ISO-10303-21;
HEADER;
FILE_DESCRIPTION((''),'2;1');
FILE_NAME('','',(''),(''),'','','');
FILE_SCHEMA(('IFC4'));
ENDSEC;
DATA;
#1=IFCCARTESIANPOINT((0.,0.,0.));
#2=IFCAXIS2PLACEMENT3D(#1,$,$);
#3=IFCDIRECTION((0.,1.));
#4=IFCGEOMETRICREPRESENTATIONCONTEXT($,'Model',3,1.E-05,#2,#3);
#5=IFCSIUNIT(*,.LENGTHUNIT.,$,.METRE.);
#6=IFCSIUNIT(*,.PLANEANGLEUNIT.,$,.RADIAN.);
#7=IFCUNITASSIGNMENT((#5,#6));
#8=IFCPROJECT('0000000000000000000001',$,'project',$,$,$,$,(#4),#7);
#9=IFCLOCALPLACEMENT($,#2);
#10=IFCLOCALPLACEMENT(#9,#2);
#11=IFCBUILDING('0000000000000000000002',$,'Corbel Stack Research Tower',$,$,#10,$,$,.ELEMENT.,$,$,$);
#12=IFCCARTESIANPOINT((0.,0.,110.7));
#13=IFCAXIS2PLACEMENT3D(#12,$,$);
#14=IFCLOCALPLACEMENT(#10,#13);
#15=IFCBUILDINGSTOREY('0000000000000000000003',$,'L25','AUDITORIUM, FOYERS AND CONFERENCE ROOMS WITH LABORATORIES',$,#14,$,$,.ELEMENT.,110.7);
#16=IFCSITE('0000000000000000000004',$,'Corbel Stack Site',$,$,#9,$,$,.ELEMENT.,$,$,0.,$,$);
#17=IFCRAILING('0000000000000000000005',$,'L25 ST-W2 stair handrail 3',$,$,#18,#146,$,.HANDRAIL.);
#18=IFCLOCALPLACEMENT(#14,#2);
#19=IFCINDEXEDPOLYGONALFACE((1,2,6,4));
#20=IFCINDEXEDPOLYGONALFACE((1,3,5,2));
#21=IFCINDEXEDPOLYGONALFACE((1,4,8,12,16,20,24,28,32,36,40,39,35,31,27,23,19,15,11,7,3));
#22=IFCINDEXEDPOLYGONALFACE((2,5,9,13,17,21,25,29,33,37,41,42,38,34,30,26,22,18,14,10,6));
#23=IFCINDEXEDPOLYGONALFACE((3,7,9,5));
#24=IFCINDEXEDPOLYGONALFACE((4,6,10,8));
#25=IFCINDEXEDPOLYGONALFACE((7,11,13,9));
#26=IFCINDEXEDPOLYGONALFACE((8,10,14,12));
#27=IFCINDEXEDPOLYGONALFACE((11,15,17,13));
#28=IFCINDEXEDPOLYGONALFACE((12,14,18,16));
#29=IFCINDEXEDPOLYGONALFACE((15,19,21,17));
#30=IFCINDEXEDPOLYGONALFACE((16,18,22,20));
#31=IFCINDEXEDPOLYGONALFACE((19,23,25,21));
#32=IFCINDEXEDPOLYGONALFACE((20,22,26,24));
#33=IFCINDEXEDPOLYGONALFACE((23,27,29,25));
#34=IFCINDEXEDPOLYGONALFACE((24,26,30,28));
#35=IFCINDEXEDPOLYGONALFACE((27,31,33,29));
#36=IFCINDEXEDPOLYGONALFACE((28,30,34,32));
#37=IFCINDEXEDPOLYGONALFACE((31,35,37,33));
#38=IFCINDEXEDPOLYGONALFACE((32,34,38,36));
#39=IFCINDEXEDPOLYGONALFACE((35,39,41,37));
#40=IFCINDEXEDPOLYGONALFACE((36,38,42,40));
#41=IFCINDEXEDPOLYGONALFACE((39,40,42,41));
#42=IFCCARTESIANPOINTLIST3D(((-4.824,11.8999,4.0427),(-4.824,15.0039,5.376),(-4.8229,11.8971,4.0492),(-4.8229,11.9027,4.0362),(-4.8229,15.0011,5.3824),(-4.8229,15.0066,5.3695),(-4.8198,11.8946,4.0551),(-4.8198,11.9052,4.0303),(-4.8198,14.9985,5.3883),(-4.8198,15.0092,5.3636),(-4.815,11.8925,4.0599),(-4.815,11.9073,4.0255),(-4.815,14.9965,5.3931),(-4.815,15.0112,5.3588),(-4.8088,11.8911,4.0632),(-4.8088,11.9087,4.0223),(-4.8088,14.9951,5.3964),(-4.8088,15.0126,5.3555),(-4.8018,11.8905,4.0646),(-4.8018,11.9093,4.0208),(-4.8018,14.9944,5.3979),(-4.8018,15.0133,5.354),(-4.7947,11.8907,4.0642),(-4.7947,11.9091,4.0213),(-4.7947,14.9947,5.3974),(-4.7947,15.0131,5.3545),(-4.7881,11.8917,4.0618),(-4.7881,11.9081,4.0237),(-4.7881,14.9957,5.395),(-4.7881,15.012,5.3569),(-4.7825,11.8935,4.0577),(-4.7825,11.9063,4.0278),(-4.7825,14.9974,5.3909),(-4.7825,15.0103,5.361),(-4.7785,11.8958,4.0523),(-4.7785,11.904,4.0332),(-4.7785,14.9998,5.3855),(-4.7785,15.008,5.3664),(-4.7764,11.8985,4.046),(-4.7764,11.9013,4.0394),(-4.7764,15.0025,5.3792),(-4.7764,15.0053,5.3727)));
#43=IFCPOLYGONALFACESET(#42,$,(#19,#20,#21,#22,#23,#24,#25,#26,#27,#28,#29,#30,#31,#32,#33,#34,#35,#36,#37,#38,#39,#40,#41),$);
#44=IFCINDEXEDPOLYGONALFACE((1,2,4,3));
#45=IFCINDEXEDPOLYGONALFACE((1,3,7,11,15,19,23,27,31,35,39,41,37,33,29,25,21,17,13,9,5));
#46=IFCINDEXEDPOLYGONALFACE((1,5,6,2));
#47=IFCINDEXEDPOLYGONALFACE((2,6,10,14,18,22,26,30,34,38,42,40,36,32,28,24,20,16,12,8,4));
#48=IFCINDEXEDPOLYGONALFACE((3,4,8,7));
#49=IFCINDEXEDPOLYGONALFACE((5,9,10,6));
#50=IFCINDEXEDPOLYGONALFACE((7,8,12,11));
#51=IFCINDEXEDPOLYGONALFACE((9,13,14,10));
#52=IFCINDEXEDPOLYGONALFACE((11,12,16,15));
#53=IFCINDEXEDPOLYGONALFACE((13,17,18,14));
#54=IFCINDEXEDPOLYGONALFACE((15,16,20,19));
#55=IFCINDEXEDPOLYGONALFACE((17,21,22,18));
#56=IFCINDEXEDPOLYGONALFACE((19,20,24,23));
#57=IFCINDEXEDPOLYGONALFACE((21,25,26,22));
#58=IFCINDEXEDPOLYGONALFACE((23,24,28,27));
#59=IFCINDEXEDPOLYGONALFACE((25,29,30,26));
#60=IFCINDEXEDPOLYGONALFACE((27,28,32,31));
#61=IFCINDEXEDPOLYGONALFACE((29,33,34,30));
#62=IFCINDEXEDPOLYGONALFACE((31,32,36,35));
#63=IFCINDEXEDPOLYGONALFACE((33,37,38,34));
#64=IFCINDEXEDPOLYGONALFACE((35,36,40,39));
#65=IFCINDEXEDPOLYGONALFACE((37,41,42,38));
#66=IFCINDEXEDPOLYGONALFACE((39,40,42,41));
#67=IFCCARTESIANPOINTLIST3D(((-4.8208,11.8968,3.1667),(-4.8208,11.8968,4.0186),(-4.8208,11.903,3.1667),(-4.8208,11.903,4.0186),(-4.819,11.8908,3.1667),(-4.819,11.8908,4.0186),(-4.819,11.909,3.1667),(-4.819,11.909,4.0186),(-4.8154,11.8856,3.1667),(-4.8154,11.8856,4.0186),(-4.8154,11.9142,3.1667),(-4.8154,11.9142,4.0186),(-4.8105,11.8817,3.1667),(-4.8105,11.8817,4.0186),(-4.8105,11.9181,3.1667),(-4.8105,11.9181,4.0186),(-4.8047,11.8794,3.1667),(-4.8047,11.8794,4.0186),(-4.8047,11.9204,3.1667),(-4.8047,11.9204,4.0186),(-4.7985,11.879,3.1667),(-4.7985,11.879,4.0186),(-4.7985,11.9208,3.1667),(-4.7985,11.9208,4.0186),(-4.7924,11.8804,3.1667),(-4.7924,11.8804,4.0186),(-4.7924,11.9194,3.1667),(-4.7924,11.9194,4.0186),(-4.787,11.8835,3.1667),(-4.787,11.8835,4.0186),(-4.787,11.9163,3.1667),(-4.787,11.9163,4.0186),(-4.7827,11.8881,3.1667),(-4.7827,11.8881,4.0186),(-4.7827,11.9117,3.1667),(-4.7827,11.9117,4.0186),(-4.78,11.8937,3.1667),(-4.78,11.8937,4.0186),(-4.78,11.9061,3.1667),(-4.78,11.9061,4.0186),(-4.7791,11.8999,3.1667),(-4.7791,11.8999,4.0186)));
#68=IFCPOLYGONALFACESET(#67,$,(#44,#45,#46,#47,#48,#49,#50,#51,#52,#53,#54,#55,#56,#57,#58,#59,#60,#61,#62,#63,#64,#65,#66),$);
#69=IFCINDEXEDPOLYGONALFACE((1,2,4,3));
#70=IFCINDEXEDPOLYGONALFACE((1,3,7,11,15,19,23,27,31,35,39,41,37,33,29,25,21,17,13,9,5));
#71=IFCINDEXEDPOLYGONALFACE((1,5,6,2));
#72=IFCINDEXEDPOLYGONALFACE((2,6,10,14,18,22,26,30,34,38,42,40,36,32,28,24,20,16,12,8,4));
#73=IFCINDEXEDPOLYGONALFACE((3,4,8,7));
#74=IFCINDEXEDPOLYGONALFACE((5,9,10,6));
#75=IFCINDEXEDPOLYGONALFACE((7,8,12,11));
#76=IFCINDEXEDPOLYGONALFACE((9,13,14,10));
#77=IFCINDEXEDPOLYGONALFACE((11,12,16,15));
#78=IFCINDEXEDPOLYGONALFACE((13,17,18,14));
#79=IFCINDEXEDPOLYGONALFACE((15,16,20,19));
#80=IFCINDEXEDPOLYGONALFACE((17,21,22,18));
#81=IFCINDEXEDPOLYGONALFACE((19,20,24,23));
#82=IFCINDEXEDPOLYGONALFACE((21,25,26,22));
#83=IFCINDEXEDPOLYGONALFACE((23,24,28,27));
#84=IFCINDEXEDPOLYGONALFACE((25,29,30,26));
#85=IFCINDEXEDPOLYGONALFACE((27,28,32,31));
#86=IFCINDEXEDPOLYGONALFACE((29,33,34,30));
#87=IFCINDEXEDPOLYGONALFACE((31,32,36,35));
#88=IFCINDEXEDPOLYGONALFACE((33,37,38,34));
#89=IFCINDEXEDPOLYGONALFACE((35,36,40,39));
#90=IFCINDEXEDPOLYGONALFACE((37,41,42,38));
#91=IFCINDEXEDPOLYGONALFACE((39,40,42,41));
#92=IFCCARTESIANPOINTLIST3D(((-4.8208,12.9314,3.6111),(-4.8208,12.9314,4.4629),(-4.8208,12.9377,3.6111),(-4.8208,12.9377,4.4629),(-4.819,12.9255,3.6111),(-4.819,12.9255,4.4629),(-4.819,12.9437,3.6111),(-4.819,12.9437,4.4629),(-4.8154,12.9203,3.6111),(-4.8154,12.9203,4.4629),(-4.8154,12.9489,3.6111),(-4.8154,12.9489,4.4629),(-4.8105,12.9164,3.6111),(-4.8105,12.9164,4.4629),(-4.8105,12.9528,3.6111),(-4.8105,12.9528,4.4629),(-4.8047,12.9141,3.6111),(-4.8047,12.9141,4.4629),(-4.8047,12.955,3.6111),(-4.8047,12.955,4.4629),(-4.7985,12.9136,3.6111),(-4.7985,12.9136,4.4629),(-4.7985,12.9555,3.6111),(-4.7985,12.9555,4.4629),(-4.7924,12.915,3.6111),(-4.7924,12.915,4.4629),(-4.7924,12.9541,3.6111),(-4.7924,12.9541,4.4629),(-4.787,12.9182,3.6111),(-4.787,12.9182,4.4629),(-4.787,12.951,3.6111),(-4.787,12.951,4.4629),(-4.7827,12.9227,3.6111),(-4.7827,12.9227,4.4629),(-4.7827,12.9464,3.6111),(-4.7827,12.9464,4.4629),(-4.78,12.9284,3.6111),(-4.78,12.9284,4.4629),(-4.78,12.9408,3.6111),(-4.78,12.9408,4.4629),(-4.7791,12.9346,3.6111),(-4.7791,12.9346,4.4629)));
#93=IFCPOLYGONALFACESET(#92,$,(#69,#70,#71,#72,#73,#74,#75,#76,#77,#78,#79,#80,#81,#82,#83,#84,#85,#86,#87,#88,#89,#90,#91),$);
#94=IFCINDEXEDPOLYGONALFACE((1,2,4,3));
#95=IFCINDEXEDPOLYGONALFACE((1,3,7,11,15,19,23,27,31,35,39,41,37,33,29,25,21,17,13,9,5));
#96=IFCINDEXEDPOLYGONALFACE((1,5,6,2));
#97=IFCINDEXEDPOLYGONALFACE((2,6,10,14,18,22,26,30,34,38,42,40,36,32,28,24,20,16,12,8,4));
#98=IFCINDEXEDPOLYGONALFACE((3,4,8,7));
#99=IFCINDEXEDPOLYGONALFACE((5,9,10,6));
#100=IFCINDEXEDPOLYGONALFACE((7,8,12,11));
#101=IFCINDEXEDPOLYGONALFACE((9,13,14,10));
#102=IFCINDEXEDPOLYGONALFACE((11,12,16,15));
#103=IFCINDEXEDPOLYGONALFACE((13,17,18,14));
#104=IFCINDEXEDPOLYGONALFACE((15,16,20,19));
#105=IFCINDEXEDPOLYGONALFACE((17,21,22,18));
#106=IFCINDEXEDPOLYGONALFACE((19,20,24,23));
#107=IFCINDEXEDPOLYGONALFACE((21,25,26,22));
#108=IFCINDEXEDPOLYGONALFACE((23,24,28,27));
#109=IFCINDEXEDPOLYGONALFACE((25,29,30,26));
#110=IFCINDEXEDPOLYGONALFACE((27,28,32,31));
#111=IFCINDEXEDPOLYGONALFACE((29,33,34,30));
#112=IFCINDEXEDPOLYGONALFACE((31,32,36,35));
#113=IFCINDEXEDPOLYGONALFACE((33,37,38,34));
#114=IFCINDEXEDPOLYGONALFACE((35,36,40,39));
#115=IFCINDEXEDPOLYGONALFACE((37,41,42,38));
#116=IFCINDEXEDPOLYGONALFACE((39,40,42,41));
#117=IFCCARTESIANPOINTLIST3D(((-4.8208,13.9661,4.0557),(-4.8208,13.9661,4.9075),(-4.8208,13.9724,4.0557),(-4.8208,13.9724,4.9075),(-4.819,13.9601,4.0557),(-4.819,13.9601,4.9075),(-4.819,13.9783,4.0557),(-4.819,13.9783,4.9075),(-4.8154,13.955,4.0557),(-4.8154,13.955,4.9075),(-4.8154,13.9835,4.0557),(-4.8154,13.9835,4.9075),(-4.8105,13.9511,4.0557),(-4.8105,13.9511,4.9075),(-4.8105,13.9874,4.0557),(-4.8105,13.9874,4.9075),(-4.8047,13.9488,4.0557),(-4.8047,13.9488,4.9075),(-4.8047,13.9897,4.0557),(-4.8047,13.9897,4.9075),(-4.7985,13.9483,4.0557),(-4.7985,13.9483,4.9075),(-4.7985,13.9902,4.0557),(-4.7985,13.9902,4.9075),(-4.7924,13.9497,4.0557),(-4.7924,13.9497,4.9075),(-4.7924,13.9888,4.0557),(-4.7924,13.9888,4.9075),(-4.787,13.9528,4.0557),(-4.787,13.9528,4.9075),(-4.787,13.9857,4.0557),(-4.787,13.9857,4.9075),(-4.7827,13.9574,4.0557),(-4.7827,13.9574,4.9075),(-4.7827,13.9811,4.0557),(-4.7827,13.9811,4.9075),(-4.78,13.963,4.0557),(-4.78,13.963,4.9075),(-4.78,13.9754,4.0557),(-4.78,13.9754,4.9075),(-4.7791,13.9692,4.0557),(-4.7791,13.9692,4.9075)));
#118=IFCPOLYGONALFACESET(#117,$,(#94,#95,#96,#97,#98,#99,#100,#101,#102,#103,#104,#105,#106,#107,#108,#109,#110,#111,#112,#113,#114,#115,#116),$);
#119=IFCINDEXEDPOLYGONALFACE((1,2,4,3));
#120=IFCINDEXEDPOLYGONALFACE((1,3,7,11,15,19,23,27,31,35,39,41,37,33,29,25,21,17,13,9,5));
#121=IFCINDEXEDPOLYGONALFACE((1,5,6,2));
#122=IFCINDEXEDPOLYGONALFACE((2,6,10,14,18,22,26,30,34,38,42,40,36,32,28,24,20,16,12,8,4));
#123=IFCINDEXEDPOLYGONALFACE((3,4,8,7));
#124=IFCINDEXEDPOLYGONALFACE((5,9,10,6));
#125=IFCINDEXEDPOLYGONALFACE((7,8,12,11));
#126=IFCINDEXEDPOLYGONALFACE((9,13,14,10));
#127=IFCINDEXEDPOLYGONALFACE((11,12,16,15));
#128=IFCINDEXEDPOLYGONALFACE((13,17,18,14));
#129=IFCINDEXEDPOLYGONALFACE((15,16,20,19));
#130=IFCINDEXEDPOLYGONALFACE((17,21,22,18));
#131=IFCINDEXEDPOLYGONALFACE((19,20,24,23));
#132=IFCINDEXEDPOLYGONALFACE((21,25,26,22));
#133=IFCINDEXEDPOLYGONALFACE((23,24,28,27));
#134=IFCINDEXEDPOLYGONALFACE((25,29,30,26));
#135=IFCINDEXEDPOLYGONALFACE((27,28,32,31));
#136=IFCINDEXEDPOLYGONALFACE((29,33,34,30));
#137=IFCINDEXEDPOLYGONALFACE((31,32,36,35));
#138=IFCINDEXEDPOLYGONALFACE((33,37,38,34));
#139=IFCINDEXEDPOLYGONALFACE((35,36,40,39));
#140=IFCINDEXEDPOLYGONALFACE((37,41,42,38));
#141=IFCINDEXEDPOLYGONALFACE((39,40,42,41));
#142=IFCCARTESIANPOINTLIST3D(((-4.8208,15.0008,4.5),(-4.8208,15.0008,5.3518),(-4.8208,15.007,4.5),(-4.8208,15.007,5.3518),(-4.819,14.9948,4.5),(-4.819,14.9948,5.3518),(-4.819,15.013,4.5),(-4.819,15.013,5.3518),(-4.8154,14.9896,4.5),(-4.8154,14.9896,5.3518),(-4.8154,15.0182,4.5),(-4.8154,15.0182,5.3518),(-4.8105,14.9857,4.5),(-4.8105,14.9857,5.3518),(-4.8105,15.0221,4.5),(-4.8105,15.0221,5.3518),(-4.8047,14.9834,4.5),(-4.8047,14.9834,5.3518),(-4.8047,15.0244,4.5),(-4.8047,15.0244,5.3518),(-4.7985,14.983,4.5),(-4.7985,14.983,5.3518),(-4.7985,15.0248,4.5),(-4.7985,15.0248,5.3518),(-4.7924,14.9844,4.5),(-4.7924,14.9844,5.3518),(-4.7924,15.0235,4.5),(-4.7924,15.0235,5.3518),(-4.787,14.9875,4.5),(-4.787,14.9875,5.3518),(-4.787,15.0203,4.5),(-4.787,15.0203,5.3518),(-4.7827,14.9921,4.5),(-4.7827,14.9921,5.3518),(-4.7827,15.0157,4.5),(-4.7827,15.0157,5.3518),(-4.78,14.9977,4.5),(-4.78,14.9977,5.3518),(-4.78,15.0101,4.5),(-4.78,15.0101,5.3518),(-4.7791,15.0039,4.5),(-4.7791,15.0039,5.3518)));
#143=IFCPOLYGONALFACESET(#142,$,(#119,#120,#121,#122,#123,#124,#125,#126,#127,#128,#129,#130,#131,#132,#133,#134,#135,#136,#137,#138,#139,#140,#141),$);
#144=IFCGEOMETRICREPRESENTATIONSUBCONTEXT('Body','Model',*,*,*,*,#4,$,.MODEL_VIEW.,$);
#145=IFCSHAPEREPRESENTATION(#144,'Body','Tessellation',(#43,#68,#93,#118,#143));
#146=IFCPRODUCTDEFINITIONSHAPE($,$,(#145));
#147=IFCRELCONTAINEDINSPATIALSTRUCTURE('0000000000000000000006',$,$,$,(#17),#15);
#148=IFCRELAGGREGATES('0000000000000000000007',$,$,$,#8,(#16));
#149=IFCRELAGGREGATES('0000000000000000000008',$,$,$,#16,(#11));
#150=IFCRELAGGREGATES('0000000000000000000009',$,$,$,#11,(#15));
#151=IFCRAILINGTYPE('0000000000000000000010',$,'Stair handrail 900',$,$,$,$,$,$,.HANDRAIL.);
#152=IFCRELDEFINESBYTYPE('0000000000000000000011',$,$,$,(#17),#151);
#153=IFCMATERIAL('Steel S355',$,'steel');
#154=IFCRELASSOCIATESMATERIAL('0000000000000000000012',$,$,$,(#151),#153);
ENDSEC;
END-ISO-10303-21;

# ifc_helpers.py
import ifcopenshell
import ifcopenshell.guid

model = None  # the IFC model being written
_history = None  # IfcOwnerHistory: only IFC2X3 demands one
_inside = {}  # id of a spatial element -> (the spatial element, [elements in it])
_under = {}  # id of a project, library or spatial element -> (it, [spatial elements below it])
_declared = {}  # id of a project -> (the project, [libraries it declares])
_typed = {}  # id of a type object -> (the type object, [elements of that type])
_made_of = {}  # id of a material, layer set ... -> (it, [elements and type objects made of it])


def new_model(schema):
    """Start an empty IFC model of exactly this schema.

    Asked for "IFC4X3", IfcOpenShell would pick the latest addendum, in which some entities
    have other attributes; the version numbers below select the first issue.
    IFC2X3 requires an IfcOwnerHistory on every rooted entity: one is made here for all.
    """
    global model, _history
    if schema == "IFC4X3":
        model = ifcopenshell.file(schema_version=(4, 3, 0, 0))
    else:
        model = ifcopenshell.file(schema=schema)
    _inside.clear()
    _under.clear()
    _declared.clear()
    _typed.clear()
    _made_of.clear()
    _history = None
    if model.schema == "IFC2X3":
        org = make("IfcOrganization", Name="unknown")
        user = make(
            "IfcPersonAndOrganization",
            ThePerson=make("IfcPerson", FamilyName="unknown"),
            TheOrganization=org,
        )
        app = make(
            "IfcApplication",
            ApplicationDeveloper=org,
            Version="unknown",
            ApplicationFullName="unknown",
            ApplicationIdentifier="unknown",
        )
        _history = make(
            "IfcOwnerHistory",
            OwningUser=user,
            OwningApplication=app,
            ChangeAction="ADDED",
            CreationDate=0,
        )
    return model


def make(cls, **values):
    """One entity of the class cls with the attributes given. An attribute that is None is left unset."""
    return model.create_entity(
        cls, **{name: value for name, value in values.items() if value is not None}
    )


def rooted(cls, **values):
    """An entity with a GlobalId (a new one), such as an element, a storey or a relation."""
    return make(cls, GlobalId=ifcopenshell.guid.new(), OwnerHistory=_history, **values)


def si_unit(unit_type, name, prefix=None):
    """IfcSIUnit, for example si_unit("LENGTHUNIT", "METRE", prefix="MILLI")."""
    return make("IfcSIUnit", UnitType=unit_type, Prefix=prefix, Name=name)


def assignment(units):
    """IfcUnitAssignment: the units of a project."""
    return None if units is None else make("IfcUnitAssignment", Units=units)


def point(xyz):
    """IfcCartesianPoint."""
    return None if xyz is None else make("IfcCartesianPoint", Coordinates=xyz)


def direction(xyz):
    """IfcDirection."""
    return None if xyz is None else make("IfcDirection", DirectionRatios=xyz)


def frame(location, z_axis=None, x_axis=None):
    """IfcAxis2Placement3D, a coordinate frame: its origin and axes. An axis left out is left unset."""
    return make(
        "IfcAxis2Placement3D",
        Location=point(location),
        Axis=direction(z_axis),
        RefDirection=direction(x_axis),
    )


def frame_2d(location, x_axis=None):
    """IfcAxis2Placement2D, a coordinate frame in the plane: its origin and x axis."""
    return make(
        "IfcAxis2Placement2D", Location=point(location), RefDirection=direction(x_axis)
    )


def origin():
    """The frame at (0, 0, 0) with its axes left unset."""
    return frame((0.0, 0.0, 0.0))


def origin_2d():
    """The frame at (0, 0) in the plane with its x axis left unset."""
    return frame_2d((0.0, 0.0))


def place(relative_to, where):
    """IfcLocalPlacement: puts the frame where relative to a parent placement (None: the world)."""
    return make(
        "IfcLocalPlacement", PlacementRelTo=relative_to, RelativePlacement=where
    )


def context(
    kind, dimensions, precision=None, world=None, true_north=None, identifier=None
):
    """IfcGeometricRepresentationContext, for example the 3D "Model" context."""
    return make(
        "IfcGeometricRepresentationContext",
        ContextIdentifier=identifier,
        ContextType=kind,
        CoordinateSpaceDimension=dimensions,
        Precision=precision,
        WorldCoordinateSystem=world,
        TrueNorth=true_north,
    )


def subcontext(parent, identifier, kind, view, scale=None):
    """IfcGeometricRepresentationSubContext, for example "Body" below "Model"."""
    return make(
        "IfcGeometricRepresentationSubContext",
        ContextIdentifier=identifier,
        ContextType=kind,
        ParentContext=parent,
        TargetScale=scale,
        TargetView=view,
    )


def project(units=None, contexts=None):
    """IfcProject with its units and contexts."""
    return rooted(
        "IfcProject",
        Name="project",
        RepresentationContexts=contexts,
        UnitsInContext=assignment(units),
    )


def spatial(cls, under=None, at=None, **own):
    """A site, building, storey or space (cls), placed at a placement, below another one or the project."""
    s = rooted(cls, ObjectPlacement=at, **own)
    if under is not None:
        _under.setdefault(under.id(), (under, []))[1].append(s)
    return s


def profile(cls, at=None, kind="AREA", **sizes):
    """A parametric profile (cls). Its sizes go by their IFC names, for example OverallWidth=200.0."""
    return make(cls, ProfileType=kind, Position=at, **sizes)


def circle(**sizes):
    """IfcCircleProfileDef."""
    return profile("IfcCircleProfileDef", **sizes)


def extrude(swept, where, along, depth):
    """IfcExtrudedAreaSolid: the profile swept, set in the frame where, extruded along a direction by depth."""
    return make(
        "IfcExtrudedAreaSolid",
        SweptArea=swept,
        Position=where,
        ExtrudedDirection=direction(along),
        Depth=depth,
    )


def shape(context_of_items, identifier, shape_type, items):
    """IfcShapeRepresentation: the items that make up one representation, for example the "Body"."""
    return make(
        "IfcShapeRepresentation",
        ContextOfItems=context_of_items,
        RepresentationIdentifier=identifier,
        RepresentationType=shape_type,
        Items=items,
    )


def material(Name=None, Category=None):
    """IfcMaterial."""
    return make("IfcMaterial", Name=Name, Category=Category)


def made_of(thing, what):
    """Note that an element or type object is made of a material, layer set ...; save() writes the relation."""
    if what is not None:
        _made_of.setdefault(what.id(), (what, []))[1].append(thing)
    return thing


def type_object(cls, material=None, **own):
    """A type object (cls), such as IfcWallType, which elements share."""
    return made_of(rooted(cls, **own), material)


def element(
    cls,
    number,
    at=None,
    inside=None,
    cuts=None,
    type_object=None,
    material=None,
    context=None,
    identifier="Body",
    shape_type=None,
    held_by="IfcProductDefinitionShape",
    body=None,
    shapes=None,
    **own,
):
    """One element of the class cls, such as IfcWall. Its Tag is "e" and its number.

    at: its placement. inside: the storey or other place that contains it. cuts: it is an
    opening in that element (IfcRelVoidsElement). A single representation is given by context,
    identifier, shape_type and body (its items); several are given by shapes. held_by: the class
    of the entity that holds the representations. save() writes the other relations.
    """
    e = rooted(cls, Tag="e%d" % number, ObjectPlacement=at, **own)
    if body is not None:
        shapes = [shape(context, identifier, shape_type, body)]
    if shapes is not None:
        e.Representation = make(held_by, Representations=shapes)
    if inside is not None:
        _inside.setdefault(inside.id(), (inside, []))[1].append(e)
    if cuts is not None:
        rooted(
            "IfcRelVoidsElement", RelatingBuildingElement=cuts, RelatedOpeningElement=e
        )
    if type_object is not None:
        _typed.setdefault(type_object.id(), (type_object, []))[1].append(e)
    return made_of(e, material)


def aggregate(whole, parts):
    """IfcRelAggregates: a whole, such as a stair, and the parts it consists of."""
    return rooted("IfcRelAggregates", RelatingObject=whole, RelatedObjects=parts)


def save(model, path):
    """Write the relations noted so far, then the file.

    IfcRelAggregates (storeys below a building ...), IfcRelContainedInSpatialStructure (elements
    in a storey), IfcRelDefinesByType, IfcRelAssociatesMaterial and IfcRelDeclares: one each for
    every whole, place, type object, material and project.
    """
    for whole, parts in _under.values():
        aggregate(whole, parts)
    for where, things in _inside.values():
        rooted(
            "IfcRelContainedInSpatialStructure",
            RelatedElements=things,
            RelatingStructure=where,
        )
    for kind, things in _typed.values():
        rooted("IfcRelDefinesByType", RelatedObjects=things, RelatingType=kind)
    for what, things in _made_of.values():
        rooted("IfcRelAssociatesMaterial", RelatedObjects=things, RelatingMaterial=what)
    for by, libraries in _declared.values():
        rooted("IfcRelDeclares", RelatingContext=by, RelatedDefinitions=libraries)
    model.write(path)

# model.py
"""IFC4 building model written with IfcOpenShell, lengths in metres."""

from ifc_helpers import new_model, si_unit, direction, frame, origin, origin_2d, place, context, subcontext, project, spatial, circle, extrude, material, type_object, element, save


model = new_model("IFC4")

# Units and contexts
model_context = context("Model", 3, precision=1e-05, world=origin(), true_north=direction((0.0, 1.0)))
body_context = subcontext(model_context, "Body", "Model", "MODEL_VIEW")
ifc_project = project(units=[si_unit("LENGTHUNIT", "METRE"), si_unit("PLANEANGLEUNIT", "RADIAN")], contexts=[model_context])

# Site, building, storey
site_placement = place(None, origin())
site = spatial("IfcSite", under=ifc_project, at=site_placement, Name="Corbel Stack Site", CompositionType="ELEMENT", RefElevation=0.0)
building_placement = place(site_placement, origin())
building = spatial("IfcBuilding", under=site, at=building_placement, Name="Corbel Stack Research Tower", CompositionType="ELEMENT")
storey_placement = place(building_placement, frame((0.0, 0.0, 110.7)))
storey = spatial("IfcBuildingStorey", under=building, at=storey_placement, Name="L25", Description="AUDITORIUM, FOYERS AND CONFERENCE ROOMS WITH LABORATORIES", CompositionType="ELEMENT", Elevation=110.7)

# Railing
ifc_material_1 = material(Name="Steel S355", Category="steel")
railing_type_1 = type_object("IfcRailingType", Name="Stair handrail 900", PredefinedType="HANDRAIL", material=ifc_material_1)
railing_1_placement = place(storey_placement, frame((-4.8, 11.8999, 3.1667)))
element("IfcRailing", 1, at=railing_1_placement, inside=storey, type_object=railing_type_1, Name="L25 ST-W2 stair handrail 3", PredefinedType="HANDRAIL", context=body_context, shape_type="SweptSolid", body=[
    extrude(circle(Radius=0.0239, at=origin_2d()), frame((0.0, 0.0, 0.876), z_axis=(0.0, 0.918827, 0.394661), x_axis=(-1.0, 0.0, 0.0)), (0.0, 0.0, 1.0), 3.3782),
    extrude(circle(Radius=0.021, at=origin_2d()), origin(), (0.0, 0.0, 1.0), 0.8518),
    extrude(circle(Radius=0.021, at=origin_2d()), frame((0.0, 1.0347, 0.4443)), (0.0, 0.0, 1.0), 0.8518),
    extrude(circle(Radius=0.021, at=origin_2d()), frame((0.0, 2.0693, 0.8889)), (0.0, 0.0, 1.0), 0.8518),
    extrude(circle(Radius=0.021, at=origin_2d()), frame((0.0, 3.104, 1.3333)), (0.0, 0.0, 1.0), 0.8518),
])

save(model, "model.ifc")
